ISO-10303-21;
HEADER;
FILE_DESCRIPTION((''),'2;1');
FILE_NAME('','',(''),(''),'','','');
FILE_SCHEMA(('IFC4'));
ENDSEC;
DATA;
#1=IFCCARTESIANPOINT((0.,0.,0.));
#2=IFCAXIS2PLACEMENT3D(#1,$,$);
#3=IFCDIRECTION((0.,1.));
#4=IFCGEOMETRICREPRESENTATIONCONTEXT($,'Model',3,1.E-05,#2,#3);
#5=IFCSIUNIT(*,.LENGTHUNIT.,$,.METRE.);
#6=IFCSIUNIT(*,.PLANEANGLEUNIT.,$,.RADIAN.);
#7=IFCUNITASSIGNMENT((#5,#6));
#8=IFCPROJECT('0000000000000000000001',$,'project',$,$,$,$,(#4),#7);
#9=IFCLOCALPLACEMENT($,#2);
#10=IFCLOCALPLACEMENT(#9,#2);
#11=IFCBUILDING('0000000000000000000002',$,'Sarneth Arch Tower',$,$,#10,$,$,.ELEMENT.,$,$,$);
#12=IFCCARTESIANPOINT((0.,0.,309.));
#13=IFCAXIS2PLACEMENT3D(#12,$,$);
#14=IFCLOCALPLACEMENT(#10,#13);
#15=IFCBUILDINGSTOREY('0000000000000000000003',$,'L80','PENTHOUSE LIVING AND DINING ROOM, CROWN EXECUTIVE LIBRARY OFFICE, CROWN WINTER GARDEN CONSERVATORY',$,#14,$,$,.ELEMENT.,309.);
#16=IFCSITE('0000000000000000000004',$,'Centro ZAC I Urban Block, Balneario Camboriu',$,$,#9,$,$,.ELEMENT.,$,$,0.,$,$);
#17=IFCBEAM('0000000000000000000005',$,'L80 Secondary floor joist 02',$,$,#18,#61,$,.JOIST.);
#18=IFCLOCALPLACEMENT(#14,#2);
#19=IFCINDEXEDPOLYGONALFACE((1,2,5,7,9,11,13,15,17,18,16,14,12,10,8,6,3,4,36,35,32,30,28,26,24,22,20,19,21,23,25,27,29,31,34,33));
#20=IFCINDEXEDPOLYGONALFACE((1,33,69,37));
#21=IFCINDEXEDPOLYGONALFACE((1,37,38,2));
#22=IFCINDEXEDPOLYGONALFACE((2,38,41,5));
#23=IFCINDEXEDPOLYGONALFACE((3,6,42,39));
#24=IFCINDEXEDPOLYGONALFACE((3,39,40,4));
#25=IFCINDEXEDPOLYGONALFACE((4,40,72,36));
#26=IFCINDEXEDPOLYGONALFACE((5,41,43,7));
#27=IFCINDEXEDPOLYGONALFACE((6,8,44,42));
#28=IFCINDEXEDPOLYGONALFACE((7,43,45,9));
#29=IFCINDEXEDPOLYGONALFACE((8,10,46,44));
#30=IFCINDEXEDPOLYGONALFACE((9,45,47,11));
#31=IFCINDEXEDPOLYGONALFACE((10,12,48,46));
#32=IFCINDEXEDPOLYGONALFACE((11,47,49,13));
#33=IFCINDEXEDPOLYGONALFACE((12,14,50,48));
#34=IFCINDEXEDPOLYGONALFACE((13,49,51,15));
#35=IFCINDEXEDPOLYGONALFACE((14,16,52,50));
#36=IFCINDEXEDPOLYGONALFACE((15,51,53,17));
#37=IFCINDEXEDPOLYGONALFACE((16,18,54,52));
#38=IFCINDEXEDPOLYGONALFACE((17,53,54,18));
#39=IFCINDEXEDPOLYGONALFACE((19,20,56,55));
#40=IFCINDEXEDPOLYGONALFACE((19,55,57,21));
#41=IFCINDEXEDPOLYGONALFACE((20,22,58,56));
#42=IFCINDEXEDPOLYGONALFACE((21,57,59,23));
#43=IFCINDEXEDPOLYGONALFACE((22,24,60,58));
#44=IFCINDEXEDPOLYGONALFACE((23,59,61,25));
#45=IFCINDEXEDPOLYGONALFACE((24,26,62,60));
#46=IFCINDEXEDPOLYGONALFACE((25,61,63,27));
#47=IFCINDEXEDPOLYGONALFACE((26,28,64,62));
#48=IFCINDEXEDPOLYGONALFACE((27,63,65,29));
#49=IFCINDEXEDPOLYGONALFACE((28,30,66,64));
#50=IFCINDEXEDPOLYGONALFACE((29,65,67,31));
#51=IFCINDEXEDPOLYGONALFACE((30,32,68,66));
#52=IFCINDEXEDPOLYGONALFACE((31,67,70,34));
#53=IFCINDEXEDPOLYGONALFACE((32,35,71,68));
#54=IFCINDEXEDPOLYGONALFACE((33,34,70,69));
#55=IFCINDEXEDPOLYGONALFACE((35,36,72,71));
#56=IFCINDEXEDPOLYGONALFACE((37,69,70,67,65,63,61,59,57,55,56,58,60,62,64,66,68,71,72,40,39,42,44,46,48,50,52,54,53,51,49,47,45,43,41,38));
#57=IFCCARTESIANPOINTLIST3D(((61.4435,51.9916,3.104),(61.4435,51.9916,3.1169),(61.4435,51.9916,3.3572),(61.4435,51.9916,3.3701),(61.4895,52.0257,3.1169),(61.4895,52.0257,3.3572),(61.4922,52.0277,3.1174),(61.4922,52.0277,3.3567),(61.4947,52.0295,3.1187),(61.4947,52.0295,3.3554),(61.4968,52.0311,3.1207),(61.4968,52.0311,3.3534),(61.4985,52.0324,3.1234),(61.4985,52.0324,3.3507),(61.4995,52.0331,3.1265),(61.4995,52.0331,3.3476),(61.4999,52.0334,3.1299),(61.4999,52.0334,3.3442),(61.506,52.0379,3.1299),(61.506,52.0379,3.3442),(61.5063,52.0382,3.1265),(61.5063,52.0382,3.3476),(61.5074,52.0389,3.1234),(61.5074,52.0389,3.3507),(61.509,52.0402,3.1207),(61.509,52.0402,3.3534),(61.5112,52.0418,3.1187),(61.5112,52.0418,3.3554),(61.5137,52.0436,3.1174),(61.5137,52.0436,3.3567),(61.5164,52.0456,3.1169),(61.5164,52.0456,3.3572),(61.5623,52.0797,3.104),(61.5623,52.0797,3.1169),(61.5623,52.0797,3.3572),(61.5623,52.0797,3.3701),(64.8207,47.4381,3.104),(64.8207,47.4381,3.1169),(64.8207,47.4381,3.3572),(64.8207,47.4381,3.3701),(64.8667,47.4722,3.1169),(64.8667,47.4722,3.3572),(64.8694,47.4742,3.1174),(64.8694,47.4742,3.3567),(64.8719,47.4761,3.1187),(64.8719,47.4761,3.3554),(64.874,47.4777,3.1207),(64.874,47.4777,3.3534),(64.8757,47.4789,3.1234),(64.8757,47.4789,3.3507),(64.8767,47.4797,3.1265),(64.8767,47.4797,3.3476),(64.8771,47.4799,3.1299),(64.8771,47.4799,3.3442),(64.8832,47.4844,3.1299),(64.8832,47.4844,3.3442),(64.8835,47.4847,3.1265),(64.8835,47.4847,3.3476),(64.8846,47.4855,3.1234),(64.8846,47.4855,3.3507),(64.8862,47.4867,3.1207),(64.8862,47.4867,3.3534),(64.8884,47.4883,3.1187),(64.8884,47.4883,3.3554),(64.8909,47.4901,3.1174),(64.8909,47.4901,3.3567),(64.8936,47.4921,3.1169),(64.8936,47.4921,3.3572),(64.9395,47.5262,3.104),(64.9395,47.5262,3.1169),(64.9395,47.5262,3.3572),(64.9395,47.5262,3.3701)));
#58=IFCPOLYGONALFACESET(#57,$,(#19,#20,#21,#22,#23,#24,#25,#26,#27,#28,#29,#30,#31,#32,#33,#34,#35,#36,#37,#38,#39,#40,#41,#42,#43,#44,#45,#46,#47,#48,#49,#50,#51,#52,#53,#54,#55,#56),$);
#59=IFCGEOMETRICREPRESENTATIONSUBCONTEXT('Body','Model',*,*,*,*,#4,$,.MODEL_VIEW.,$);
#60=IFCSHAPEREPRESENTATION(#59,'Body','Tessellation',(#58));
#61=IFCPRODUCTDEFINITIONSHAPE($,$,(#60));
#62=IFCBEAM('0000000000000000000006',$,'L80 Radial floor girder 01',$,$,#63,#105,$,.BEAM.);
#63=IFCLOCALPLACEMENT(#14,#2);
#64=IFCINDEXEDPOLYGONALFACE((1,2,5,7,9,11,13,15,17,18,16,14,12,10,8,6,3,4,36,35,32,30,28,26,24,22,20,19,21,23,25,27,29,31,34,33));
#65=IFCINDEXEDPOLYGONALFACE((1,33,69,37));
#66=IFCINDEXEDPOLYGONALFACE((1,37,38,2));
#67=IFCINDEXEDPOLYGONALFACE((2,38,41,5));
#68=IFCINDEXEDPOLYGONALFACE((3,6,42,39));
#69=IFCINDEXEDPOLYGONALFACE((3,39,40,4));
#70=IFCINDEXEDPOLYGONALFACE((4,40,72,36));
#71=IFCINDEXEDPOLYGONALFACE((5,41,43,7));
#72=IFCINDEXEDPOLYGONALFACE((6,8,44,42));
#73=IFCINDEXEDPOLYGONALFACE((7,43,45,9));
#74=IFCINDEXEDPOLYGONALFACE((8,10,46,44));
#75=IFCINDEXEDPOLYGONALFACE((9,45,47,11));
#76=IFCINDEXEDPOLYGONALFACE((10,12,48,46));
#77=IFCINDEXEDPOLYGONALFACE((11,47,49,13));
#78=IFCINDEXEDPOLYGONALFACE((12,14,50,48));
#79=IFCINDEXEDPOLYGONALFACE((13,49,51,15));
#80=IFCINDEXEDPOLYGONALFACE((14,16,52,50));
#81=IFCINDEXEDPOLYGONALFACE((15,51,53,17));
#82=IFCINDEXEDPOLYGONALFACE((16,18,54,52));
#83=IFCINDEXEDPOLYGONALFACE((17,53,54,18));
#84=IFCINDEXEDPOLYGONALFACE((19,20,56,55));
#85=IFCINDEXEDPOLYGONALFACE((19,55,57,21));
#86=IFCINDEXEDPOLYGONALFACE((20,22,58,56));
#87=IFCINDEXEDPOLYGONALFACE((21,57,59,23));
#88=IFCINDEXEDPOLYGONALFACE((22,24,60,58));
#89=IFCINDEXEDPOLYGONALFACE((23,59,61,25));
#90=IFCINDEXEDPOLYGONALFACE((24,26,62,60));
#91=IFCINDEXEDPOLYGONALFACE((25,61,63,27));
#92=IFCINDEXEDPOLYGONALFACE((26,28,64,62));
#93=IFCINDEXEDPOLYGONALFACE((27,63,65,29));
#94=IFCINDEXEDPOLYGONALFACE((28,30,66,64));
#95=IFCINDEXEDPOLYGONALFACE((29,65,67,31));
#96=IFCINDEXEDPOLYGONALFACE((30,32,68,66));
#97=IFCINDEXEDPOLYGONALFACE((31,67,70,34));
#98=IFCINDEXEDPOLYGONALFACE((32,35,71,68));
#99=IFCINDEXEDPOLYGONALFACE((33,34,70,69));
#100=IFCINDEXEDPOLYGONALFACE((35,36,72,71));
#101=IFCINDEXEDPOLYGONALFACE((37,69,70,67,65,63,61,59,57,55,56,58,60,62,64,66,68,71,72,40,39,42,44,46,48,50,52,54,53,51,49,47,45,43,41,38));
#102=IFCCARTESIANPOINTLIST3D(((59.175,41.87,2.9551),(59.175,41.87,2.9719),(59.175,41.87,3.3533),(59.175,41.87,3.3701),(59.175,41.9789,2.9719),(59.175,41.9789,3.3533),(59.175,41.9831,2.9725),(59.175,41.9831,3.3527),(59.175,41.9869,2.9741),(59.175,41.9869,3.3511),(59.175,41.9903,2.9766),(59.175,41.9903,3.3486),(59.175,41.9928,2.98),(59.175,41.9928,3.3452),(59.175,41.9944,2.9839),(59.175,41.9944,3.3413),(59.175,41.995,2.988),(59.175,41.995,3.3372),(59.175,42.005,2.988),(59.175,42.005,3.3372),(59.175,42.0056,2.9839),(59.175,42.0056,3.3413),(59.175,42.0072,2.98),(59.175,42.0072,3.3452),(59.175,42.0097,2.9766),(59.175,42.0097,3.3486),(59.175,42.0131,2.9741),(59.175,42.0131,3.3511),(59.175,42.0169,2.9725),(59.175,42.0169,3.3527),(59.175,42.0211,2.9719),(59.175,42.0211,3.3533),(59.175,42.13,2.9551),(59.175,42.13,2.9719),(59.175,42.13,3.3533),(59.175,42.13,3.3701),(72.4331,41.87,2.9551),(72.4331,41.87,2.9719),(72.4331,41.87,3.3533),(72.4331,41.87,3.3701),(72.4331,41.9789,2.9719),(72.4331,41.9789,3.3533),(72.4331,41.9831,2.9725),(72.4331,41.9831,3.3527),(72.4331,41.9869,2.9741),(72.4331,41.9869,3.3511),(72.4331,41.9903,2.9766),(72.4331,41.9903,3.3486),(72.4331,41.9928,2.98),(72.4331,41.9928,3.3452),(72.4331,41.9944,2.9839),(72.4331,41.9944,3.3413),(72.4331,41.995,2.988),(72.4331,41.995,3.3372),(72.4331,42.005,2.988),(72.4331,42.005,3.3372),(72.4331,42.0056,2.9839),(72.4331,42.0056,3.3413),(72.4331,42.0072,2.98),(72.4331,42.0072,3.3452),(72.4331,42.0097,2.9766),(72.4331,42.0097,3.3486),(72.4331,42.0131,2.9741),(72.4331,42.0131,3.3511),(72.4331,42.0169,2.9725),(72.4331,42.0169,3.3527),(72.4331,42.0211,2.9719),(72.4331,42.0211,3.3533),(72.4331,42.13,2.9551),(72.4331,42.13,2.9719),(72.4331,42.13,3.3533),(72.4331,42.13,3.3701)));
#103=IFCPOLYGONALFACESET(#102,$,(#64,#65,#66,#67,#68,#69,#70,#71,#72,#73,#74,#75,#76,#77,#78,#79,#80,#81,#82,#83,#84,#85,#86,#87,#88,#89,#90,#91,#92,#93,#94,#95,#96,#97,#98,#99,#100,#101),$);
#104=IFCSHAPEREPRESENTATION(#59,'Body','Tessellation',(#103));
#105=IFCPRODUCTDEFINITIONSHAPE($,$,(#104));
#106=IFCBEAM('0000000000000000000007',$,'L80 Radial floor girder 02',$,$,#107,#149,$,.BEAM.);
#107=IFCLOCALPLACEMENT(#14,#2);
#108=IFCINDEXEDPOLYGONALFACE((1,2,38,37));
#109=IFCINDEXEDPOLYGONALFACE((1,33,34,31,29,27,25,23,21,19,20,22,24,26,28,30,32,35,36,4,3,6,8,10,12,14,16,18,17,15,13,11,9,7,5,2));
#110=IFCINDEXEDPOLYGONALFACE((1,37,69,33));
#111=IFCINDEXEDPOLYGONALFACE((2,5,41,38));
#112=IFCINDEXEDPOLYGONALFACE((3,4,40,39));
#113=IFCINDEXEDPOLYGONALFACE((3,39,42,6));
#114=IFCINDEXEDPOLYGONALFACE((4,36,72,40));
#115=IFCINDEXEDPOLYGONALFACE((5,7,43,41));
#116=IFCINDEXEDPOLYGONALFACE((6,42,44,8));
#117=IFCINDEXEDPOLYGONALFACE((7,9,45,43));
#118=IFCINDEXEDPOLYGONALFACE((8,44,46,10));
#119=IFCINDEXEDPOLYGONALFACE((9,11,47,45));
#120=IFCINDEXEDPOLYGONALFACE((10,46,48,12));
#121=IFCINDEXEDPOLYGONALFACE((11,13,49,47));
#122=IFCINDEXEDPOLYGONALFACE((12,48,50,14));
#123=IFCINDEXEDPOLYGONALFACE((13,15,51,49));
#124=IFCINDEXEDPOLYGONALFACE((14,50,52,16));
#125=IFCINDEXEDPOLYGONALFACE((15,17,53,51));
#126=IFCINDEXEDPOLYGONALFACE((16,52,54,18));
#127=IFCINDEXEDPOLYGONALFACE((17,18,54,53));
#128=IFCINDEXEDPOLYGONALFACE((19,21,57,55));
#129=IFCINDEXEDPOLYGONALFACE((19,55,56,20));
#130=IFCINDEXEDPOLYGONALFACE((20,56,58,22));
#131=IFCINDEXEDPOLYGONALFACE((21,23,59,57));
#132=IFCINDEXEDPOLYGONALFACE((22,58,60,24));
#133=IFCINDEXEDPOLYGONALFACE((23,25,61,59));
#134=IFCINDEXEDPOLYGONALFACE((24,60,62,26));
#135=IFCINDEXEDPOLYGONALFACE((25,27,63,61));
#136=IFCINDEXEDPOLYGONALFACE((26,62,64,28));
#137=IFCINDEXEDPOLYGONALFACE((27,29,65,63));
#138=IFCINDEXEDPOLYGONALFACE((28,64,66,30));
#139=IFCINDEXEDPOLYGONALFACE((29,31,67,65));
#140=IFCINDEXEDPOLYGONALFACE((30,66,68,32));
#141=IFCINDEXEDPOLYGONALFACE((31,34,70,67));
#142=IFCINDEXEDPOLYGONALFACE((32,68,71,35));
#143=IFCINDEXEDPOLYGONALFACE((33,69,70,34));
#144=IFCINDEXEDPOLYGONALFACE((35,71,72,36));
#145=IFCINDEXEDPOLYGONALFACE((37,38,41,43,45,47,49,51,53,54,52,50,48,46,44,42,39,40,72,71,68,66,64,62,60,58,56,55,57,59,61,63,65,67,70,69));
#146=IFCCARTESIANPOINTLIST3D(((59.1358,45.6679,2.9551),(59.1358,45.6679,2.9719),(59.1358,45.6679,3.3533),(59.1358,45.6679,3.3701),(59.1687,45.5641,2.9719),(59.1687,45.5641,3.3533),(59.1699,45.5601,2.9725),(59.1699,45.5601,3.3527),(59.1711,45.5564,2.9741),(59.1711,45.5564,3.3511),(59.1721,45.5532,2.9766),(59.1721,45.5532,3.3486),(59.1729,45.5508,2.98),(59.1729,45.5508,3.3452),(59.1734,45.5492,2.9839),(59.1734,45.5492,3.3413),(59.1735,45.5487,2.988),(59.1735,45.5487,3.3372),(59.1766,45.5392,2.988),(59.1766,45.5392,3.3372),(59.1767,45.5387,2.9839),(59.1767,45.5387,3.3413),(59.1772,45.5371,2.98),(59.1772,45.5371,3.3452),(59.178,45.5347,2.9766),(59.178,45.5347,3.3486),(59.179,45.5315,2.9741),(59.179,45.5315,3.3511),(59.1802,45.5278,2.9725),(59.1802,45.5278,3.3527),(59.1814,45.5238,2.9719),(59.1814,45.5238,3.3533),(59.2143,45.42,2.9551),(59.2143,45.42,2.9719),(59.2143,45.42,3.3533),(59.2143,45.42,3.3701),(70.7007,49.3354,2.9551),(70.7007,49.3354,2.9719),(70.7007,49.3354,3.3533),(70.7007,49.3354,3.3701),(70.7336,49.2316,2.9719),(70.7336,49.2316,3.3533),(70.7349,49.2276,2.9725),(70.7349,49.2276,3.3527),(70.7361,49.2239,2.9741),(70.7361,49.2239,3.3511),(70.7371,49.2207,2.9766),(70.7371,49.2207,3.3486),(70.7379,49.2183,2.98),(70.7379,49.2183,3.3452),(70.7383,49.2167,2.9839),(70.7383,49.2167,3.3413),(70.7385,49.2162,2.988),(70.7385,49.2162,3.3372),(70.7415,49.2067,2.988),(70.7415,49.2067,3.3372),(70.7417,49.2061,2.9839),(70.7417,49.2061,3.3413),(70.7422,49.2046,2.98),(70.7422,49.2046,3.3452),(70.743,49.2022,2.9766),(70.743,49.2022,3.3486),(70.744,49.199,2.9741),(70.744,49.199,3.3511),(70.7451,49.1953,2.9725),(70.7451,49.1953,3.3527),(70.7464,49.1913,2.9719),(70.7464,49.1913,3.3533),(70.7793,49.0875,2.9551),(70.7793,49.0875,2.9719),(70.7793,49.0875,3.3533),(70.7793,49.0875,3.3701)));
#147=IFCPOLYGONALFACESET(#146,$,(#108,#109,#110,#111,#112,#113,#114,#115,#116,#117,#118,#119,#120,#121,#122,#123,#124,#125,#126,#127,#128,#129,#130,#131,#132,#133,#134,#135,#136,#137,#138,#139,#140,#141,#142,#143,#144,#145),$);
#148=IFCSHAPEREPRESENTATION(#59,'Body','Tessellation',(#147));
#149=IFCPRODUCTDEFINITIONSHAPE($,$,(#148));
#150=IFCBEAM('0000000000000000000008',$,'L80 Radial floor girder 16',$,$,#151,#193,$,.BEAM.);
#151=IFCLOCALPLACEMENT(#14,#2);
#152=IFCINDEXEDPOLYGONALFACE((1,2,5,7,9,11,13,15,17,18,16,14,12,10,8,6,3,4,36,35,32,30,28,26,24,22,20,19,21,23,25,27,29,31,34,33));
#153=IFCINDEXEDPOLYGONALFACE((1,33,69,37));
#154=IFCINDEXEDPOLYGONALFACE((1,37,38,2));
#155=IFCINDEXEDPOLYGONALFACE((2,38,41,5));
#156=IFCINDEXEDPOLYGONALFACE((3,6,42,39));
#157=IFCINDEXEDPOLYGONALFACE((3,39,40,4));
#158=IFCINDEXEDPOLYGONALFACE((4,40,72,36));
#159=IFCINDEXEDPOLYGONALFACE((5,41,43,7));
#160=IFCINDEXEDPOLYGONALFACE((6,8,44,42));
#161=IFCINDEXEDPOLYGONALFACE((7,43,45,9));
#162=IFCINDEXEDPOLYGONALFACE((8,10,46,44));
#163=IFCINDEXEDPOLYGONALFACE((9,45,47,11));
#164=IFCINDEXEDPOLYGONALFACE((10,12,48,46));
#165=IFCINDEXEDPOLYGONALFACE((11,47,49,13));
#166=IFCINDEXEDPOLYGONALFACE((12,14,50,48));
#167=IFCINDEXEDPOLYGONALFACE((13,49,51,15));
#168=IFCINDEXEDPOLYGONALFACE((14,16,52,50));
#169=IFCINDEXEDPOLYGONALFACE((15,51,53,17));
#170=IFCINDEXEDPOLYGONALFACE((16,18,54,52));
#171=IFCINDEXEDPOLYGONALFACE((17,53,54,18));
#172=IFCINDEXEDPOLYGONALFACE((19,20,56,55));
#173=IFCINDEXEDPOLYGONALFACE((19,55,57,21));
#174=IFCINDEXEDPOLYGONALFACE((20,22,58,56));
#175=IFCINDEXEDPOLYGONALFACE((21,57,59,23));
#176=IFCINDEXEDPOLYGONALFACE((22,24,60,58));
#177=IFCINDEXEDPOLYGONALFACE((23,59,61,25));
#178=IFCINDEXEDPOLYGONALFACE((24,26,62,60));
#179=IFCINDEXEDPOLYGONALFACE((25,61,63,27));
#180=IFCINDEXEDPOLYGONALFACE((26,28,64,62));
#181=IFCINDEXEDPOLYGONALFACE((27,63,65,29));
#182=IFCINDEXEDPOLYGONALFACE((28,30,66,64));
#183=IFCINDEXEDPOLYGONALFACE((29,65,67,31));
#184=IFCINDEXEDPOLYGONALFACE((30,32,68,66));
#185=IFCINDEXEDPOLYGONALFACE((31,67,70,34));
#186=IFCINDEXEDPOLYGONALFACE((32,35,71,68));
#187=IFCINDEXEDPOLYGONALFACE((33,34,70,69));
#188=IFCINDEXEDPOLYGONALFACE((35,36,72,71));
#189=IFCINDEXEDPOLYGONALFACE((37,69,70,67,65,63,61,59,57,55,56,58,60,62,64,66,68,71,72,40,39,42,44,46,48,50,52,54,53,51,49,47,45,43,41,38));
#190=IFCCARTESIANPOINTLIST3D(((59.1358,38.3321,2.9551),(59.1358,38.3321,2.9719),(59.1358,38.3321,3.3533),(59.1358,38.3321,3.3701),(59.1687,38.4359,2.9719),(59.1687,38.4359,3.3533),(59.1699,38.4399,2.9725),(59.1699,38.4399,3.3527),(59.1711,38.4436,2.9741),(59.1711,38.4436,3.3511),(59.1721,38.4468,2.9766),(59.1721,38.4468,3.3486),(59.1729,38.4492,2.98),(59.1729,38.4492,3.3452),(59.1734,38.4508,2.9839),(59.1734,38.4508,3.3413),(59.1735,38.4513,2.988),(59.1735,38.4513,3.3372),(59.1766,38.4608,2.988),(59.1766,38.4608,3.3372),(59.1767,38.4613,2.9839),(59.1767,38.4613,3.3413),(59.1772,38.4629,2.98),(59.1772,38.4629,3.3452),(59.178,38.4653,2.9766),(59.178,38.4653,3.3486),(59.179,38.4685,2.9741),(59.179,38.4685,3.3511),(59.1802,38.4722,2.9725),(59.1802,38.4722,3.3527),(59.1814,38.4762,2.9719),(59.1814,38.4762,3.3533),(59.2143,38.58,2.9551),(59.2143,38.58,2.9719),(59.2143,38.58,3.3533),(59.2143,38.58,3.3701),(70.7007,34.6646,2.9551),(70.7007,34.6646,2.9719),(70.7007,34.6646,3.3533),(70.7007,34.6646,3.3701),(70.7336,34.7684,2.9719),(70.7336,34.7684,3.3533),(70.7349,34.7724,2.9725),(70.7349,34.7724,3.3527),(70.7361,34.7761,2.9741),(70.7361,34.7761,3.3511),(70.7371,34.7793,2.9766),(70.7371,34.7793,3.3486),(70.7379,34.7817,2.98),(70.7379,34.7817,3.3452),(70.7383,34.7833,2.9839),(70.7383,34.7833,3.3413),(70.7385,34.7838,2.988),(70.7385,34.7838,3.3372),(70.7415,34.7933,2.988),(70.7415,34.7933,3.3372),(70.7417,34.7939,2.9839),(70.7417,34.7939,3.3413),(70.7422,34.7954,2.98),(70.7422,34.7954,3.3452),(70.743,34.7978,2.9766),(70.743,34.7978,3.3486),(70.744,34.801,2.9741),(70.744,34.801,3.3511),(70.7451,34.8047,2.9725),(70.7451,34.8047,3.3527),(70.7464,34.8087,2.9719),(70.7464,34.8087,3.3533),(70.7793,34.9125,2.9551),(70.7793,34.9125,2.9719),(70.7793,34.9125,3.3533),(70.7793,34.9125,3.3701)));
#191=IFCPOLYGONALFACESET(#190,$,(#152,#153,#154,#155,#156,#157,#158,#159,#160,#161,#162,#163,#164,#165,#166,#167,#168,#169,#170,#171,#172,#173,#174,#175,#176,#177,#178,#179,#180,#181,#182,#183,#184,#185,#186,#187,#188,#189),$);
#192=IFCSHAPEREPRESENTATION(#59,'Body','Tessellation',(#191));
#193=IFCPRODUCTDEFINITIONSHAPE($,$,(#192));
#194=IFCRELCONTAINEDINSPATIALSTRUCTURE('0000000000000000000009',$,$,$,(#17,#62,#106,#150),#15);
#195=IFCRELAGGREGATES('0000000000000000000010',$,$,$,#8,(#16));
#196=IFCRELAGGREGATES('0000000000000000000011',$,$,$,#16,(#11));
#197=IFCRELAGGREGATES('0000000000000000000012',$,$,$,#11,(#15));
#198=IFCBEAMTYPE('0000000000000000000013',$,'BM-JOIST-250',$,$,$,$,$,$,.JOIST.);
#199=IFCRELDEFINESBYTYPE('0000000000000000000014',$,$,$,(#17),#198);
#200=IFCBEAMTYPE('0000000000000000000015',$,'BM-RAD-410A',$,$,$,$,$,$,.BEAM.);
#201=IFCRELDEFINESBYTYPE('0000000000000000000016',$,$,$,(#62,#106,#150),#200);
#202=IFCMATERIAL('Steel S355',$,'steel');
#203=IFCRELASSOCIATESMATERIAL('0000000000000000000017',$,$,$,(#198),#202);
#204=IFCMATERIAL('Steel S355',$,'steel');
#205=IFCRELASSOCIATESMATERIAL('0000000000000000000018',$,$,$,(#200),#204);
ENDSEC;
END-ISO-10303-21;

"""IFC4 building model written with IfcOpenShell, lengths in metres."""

from ifc_helpers import new_model, si_unit, direction, frame, origin, origin_2d, place, context, subcontext, project, spatial, i_section, extrude, material, material_profile, profile_set, type_object, element, save


model = new_model("IFC4")

# Units and contexts
model_context = context("Model", 3, precision=1e-05, world=origin(), true_north=direction((0.0, 1.0)))
body_context = subcontext(model_context, "Body", "Model", "MODEL_VIEW")
ifc_project = project(units=[si_unit("LENGTHUNIT", "METRE"), si_unit("PLANEANGLEUNIT", "RADIAN")], contexts=[model_context])

# Site, building, storey
site_placement = place(None, origin())
site = spatial("IfcSite", under=ifc_project, at=site_placement, Name="Centro ZAC I Urban Block, Balneario Camboriu", CompositionType="ELEMENT", RefElevation=0.0)
building_placement = place(site_placement, origin())
building = spatial("IfcBuilding", under=site, at=building_placement, Name="Sarneth Arch Tower", CompositionType="ELEMENT")
storey_placement = place(building_placement, frame((0.0, 0.0, 309.0)))
storey = spatial("IfcBuildingStorey", under=building, at=storey_placement, Name="L80", Description="PENTHOUSE LIVING AND DINING ROOM, CROWN EXECUTIVE LIBRARY OFFICE, CROWN WINTER GARDEN CONSERVATORY", CompositionType="ELEMENT", Elevation=309.0)

# Beams
ifc_material_1 = material(Name="Steel S355", Category="steel")
ifc_material_profile_1 = material_profile(ifc_material_1, i_section(OverallWidth=0.1479, OverallDepth=0.2661, WebThickness=0.0076, FlangeThickness=0.0129, FilletRadius=0.0129, at=origin_2d()), Name="W250x44.8")
ifc_profile_set_1 = profile_set([ifc_material_profile_1], Name="Steel S355")
beam_type_1 = type_object("IfcBeamType", Name="BM-JOIST-250", PredefinedType="JOIST", material=ifc_profile_set_1)
beam_1_placement = place(storey_placement, frame((64.8801, 47.4822, 3.2371), z_axis=(-0.595713, 0.803198, 0.0), x_axis=(-0.803198, -0.595713, 0.0)))
element("IfcBeam", 1, at=beam_1_placement, inside=storey, type_object=beam_type_1, Name="L80 Secondary floor joist 02", PredefinedType="JOIST", context=body_context, shape_type="SweptSolid", body=[
    extrude(i_section(OverallWidth=0.1479, OverallDepth=0.2661, WebThickness=0.0076, FlangeThickness=0.0129, FilletRadius=0.0129, at=origin_2d()), origin(), (0.0, 0.0, 1.0), 5.6692),
])
ifc_material_2 = material(Name="Steel S355", Category="steel")
ifc_material_profile_2 = material_profile(ifc_material_2, i_section(OverallWidth=0.26, OverallDepth=0.415, WebThickness=0.01, FlangeThickness=0.0168, FilletRadius=0.0161, at=origin_2d()), Name="W410x100")
ifc_profile_set_2 = profile_set([ifc_material_profile_2], Name="Steel S355")
beam_type_2 = type_object("IfcBeamType", Name="BM-RAD-410A", PredefinedType="BEAM", material=ifc_profile_set_2)
beam_2_placement = place(storey_placement, frame((59.175, 42.0, 3.1626), z_axis=(1.0, 0.0, 0.0), x_axis=(0.0, 1.0, 0.0)))
element("IfcBeam", 2, at=beam_2_placement, inside=storey, type_object=beam_type_2, Name="L80 Radial floor girder 01", PredefinedType="BEAM", context=body_context, shape_type="SweptSolid", body=[
    extrude(i_section(OverallWidth=0.26, OverallDepth=0.415, WebThickness=0.01, FlangeThickness=0.0168, FilletRadius=0.0161, at=origin_2d()), origin(), (0.0, 0.0, 1.0), 13.2581),
])
for number, where, z_axis, x_axis, name in (
    (3, (59.175, 45.5439, 3.1626), (0.953218, 0.302285, 0.0), (-0.302285, 0.953218, 0.0), "L80 Radial floor girder 02"),
    (4, (59.175, 38.4561, 3.1626), (0.953218, -0.302285, 0.0), (0.302285, 0.953218, 0.0), "L80 Radial floor girder 16"),
):
    element("IfcBeam", number, at=place(storey_placement, frame(where, z_axis=z_axis, x_axis=x_axis)), inside=storey, type_object=beam_type_2, Name=name, PredefinedType="BEAM", context=body_context, shape_type="SweptSolid", body=[
        extrude(i_section(OverallWidth=0.26, OverallDepth=0.415, WebThickness=0.01, FlangeThickness=0.0168, FilletRadius=0.0161, at=origin_2d()), origin(), (0.0, 0.0, 1.0), 12.1326),
    ])

save(model, "model.ifc")
